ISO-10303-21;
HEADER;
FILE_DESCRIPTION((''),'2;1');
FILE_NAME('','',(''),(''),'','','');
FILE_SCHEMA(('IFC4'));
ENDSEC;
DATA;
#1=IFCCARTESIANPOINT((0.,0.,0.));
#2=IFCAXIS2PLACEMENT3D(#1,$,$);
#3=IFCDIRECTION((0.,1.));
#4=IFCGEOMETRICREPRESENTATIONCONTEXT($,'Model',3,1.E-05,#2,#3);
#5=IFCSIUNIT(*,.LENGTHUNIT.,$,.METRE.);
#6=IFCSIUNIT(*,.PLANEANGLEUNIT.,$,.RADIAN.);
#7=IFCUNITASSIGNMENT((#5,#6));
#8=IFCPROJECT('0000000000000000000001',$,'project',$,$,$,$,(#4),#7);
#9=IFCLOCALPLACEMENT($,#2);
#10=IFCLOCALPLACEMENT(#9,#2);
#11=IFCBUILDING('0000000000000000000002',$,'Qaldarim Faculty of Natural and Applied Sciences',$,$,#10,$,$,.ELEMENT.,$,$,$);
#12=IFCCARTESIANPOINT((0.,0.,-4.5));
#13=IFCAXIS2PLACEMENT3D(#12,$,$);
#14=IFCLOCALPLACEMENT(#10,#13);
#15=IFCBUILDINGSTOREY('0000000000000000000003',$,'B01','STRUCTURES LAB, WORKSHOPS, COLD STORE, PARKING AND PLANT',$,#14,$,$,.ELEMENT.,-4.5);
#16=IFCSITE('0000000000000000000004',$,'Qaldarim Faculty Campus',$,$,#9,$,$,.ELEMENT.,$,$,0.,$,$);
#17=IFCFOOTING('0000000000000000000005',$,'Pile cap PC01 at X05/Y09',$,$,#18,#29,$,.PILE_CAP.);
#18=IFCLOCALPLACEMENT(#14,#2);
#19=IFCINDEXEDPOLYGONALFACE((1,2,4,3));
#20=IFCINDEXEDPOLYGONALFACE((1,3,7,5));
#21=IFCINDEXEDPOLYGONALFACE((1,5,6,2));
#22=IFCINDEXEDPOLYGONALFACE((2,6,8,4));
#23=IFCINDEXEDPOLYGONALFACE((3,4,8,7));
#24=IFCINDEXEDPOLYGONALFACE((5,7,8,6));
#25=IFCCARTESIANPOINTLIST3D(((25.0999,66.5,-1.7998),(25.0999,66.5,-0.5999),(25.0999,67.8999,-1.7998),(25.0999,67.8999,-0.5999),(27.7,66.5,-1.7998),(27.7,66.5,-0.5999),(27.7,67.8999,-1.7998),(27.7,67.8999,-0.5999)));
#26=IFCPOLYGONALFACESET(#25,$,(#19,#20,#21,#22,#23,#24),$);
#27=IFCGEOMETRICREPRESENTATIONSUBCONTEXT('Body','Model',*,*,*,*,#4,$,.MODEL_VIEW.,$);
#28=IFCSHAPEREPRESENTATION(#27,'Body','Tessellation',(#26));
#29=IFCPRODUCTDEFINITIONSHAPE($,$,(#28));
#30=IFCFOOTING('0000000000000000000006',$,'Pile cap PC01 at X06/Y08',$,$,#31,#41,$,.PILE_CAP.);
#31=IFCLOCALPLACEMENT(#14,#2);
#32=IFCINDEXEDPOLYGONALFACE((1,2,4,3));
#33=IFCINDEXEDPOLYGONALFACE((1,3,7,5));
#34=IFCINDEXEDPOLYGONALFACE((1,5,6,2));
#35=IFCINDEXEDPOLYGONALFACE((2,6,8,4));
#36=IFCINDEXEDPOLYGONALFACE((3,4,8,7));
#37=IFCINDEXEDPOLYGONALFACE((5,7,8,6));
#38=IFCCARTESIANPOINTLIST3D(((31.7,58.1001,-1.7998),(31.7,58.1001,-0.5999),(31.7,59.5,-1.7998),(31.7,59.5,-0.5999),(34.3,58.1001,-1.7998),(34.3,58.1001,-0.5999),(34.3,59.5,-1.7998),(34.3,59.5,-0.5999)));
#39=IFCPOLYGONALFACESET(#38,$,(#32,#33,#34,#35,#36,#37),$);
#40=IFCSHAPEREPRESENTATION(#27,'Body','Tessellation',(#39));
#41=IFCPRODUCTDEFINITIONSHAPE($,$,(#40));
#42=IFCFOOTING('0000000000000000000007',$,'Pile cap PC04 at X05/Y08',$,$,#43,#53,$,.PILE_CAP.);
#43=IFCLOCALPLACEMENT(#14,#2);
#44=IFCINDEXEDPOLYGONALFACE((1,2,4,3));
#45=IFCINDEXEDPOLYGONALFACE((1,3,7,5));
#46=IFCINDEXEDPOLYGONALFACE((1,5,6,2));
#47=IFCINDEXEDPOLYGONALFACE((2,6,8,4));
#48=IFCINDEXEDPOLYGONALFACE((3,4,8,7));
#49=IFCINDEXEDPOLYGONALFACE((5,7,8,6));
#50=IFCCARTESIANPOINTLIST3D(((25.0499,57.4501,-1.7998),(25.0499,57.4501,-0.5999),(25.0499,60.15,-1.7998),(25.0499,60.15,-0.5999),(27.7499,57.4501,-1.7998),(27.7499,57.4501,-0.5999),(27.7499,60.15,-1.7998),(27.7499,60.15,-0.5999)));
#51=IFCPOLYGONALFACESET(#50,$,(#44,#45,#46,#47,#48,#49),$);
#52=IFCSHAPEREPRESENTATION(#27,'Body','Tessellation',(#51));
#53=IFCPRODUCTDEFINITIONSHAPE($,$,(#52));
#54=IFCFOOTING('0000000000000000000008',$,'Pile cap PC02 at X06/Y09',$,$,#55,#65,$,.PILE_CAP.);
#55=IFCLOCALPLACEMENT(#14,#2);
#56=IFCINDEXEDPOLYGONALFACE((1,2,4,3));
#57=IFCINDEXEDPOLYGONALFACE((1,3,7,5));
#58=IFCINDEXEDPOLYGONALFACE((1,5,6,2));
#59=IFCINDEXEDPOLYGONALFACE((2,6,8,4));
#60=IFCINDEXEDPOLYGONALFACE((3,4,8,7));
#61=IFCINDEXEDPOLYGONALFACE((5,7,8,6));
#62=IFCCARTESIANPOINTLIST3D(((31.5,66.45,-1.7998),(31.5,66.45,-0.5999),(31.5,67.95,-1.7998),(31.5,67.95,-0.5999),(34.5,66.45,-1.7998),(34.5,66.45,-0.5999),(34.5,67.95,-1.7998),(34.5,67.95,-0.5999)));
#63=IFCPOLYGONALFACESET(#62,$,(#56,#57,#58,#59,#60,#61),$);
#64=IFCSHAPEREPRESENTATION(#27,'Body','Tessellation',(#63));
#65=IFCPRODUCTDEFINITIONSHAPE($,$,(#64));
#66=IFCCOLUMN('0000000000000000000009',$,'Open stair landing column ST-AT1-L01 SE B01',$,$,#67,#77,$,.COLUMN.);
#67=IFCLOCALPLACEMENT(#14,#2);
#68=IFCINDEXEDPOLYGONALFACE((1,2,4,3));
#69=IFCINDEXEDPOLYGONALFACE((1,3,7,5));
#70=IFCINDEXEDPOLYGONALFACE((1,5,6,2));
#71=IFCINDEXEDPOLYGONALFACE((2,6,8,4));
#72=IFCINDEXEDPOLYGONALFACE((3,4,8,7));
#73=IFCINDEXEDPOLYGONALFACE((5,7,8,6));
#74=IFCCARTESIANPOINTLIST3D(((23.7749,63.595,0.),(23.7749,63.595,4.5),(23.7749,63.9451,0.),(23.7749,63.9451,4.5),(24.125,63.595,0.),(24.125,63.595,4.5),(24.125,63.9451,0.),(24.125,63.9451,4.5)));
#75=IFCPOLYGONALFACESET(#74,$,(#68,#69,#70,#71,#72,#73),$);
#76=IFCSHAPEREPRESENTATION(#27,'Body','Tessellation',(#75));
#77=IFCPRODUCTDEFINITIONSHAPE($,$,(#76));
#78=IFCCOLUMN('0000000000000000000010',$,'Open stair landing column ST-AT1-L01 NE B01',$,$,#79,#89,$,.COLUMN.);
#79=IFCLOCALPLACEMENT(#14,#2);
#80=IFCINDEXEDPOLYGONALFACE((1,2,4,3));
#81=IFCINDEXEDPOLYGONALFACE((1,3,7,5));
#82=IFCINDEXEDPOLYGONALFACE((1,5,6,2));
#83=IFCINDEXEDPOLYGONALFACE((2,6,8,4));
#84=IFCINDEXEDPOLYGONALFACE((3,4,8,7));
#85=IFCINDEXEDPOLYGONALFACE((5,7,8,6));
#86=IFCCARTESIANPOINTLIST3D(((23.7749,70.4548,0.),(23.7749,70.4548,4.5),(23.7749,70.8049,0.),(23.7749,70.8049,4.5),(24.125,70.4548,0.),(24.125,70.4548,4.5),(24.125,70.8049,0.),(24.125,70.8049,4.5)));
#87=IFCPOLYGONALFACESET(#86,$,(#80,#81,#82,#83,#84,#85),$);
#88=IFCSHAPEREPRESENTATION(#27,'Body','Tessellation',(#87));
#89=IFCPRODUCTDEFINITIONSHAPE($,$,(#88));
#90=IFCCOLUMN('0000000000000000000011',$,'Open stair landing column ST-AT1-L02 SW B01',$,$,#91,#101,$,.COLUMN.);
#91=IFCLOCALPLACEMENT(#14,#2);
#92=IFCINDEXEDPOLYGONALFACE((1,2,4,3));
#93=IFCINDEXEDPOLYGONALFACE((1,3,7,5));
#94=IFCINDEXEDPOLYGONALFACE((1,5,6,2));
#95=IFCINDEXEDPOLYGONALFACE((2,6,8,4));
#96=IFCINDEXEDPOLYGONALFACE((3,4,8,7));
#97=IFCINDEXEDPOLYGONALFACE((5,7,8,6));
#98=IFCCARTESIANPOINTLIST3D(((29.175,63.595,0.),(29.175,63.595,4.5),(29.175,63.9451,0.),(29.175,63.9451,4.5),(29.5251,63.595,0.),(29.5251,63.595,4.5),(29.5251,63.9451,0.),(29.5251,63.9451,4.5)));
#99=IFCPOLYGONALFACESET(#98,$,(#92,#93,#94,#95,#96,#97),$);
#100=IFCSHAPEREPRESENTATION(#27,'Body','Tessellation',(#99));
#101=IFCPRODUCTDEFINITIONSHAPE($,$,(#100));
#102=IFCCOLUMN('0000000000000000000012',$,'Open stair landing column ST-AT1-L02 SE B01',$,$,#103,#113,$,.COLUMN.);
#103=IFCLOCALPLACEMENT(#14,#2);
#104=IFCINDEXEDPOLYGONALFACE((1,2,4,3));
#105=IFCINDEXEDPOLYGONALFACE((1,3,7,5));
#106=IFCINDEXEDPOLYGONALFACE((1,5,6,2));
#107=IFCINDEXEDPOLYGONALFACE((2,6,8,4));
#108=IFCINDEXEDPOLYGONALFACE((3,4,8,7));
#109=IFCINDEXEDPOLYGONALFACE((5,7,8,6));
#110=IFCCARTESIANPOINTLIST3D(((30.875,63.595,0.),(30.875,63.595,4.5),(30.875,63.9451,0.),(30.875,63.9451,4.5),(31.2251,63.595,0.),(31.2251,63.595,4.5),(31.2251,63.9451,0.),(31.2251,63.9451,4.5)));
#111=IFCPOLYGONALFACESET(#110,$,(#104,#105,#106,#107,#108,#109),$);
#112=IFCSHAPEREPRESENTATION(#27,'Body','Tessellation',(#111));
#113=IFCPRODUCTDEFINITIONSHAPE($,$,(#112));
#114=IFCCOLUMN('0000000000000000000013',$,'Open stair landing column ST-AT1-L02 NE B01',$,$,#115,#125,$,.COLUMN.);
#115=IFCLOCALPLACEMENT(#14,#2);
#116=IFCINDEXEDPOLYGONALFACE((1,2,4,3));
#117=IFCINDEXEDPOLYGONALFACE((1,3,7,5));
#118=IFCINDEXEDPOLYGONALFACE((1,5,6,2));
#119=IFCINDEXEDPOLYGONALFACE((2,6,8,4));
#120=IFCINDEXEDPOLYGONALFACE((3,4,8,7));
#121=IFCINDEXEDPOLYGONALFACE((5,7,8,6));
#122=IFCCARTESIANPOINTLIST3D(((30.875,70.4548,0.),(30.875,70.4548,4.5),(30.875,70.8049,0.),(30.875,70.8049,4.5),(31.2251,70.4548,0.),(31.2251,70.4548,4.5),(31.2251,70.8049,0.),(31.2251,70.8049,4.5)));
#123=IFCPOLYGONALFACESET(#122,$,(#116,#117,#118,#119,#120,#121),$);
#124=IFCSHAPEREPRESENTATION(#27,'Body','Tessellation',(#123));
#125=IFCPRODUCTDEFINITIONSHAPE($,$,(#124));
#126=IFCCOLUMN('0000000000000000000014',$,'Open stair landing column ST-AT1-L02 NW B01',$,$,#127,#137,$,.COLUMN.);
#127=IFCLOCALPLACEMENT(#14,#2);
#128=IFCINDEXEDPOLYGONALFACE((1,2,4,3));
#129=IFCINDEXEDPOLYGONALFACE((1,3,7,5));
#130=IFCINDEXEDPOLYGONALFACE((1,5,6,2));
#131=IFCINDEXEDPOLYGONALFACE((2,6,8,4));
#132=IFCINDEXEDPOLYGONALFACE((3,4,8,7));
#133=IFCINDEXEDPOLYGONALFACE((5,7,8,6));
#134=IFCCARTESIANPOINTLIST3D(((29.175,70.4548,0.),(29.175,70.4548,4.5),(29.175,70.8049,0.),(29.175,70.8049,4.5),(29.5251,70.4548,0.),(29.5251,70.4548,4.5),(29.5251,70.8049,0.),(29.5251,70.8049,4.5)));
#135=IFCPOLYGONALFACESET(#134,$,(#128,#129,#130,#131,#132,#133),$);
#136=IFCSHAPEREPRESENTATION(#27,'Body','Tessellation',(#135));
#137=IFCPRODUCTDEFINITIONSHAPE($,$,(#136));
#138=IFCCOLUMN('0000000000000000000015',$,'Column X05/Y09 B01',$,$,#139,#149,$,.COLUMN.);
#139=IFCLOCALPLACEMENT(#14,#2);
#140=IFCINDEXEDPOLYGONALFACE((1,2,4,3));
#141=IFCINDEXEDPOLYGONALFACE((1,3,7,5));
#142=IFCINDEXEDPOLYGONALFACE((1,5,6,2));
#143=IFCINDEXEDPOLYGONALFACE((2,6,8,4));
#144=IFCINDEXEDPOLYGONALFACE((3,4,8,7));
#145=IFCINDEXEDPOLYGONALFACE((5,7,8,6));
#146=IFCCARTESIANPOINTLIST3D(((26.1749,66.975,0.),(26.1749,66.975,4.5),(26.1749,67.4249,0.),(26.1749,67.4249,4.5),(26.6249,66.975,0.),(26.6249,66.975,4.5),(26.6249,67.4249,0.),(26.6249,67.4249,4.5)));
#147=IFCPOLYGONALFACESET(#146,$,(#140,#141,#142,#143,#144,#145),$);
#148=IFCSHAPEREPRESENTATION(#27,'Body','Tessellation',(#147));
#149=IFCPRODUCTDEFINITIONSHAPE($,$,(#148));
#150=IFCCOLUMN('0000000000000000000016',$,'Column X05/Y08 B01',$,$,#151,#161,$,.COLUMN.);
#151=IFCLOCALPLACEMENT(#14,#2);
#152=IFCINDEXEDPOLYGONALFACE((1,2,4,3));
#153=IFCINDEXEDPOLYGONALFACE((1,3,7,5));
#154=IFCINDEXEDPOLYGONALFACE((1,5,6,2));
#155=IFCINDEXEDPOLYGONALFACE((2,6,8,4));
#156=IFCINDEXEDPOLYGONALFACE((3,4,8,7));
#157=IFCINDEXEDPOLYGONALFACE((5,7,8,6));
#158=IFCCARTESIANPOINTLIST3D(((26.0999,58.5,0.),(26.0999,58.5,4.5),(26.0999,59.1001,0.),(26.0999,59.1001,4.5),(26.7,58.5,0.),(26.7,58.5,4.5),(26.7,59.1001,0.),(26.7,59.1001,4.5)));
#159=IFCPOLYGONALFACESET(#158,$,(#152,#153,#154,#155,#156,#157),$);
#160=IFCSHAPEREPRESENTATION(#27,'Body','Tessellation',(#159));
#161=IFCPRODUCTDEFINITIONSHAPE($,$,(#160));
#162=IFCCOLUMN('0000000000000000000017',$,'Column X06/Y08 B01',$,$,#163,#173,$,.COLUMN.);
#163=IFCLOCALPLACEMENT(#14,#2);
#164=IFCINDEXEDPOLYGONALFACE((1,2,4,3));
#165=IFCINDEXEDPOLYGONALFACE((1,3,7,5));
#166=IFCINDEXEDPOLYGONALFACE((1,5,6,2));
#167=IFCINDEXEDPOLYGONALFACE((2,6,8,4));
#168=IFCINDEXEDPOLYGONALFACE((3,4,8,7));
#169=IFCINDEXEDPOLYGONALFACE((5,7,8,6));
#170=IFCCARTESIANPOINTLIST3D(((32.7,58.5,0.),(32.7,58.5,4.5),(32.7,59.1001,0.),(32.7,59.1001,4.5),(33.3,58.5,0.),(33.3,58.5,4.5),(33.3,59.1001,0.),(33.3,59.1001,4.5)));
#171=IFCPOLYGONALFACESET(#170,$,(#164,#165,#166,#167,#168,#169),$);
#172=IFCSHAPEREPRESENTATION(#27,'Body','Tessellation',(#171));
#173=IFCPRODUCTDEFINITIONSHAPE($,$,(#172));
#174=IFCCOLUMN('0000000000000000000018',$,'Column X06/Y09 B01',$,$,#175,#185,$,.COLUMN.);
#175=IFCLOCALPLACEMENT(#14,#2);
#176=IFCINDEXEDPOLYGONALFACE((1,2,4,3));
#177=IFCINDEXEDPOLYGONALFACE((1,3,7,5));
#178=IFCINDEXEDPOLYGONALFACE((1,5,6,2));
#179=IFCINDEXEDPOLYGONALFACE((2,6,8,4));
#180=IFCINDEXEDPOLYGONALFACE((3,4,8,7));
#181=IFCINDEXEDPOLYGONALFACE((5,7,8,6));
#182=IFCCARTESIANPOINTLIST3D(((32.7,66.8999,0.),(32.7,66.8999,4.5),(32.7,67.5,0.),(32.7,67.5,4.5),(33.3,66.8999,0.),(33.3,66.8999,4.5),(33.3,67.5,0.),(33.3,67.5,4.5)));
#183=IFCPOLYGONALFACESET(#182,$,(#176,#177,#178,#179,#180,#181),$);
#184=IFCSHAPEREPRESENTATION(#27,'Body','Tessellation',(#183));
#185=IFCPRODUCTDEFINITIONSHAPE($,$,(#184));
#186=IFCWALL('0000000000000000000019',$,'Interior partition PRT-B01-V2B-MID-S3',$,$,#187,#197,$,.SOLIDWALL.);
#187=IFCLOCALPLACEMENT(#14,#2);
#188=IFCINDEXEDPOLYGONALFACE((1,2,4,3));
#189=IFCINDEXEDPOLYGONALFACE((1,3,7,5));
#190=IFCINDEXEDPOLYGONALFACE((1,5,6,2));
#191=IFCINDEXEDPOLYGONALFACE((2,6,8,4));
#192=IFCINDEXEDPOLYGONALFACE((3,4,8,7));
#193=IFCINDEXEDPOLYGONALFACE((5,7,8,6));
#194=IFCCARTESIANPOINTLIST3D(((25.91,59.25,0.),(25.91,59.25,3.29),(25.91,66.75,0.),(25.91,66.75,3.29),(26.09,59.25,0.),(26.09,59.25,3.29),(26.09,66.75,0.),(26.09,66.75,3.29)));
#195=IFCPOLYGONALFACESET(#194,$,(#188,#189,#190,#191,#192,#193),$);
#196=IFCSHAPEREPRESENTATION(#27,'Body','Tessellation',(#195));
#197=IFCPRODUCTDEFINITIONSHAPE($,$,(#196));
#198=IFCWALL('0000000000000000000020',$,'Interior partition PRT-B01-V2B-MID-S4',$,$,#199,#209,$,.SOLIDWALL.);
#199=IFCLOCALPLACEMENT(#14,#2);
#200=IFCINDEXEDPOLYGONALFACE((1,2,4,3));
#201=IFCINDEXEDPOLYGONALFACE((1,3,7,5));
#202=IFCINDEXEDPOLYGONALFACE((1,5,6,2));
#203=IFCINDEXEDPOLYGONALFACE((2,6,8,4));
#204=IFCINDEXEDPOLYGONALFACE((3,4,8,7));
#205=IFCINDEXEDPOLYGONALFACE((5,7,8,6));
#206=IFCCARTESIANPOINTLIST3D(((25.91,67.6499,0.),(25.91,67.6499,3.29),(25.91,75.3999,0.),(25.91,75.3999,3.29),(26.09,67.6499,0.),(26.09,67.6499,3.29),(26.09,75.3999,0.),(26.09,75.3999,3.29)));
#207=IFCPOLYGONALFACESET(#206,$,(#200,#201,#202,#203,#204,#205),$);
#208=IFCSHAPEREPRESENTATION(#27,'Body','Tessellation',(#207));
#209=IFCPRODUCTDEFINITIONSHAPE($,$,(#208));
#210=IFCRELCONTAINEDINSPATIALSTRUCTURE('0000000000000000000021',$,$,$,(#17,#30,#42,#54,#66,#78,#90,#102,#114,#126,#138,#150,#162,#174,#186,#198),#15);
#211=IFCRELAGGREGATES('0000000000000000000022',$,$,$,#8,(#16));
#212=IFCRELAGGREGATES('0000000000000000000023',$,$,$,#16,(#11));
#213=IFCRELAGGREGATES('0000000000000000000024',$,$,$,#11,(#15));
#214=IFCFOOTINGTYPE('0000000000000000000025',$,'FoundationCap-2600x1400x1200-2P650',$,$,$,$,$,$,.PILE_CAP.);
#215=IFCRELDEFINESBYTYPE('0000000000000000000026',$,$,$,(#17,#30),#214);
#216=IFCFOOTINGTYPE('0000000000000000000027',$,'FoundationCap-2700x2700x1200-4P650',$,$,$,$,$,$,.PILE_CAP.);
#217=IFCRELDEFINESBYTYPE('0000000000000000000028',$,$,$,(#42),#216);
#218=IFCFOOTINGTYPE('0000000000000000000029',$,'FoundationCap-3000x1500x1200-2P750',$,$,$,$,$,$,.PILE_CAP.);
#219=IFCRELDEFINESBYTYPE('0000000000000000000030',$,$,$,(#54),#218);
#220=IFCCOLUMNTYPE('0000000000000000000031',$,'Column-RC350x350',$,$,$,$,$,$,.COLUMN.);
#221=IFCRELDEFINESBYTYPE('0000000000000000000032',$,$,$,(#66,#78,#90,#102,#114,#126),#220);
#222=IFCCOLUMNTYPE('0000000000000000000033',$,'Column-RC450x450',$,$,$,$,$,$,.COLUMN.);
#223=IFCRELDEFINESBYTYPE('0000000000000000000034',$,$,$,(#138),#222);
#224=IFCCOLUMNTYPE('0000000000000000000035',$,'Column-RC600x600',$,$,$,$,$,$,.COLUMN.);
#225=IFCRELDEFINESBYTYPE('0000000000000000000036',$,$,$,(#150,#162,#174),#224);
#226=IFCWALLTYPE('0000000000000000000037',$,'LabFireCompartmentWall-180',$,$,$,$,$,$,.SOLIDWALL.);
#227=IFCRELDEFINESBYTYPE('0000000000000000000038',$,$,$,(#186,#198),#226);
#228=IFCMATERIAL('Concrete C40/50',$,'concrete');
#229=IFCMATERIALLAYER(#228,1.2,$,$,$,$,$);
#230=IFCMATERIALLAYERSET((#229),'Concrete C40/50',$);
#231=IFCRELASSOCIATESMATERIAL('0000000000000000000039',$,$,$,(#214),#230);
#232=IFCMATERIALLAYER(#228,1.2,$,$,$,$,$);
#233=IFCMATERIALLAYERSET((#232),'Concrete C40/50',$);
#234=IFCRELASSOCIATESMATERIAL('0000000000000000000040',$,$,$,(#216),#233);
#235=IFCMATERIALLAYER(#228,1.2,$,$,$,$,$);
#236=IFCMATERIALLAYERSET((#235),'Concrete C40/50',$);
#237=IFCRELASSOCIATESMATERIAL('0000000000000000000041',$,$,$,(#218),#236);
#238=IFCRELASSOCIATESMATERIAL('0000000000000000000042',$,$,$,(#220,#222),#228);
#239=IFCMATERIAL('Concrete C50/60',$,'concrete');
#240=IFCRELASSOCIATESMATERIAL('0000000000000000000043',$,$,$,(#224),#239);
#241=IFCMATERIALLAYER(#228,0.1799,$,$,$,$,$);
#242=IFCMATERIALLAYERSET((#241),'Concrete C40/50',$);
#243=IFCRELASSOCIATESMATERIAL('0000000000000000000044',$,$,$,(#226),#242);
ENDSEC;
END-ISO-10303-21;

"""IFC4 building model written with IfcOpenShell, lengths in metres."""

from ifc_helpers import new_model, si_unit, direction, frame, frame_2d, origin, origin_2d, place, context, subcontext, project, spatial, rectangle, extrude, material, layer, layer_set, material_profile, profile_set, type_object, element, save


model = new_model("IFC4")

# Units and contexts
model_context = context("Model", 3, precision=1e-05, world=origin(), true_north=direction((0.0, 1.0)))
body_context = subcontext(model_context, "Body", "Model", "MODEL_VIEW")
ifc_project = project(units=[si_unit("LENGTHUNIT", "METRE"), si_unit("PLANEANGLEUNIT", "RADIAN")], contexts=[model_context])

# Site, building, storey
site_placement = place(None, origin())
site = spatial("IfcSite", under=ifc_project, at=site_placement, Name="Qaldarim Faculty Campus", CompositionType="ELEMENT", RefElevation=0.0)
building_placement = place(site_placement, origin())
building = spatial("IfcBuilding", under=site, at=building_placement, Name="Qaldarim Faculty of Natural and Applied Sciences", CompositionType="ELEMENT")
storey_placement = place(building_placement, frame((0.0, 0.0, -4.5)))
storey = spatial("IfcBuildingStorey", under=building, at=storey_placement, Name="B01", Description="STRUCTURES LAB, WORKSHOPS, COLD STORE, PARKING AND PLANT", CompositionType="ELEMENT", Elevation=-4.5)

# Shared definitions
ifc_material_1 = material(Name="Concrete C40/50", Category="concrete")

# Footings
ifc_layer_1 = layer(ifc_material_1, 1.2)
ifc_layer_set_1 = layer_set([ifc_layer_1], Name="Concrete C40/50")
footing_type_1 = type_object("IfcFootingType", Name="FoundationCap-2600x1400x1200-2P650", PredefinedType="PILE_CAP", material=ifc_layer_set_1)
for number, where, z_axis, x_axis, name in (
    (1, (26.3999, 67.2, -1.7998), (0.0, 0.0, 1.0), (1.0, 0.0, 0.0), "Pile cap PC01 at X05/Y09"),
    (2, (33.0, 58.8, -1.7998), (0.0, 0.0, 1.0), (1.0, 0.0, 0.0), "Pile cap PC01 at X06/Y08"),
):
    element("IfcFooting", number, at=place(storey_placement, frame(where, z_axis=z_axis, x_axis=x_axis)), inside=storey, type_object=footing_type_1, Name=name, PredefinedType="PILE_CAP", context=body_context, shape_type="SweptSolid", body=[
        extrude(rectangle(XDim=2.6001, YDim=1.3999, at=origin_2d()), origin(), (0.0, 0.0, 1.0), 1.2),
    ])
ifc_layer_2 = layer(ifc_material_1, 1.2)
ifc_layer_set_2 = layer_set([ifc_layer_2], Name="Concrete C40/50")
footing_type_2 = type_object("IfcFootingType", Name="FoundationCap-2700x2700x1200-4P650", PredefinedType="PILE_CAP", material=ifc_layer_set_2)
footing_1_placement = place(storey_placement, frame((26.3999, 58.8, -1.7998), z_axis=(0.0, 0.0, 1.0), x_axis=(1.0, 0.0, 0.0)))
element("IfcFooting", 3, at=footing_1_placement, inside=storey, type_object=footing_type_2, Name="Pile cap PC04 at X05/Y08", PredefinedType="PILE_CAP", context=body_context, shape_type="SweptSolid", body=[
    extrude(rectangle(XDim=2.7, YDim=2.7, at=origin_2d()), origin(), (0.0, 0.0, 1.0), 1.2),
])
ifc_layer_3 = layer(ifc_material_1, 1.2)
ifc_layer_set_3 = layer_set([ifc_layer_3], Name="Concrete C40/50")
footing_type_3 = type_object("IfcFootingType", Name="FoundationCap-3000x1500x1200-2P750", PredefinedType="PILE_CAP", material=ifc_layer_set_3)
footing_2_placement = place(storey_placement, frame((33.0, 67.2, -1.7998), z_axis=(0.0, 0.0, 1.0), x_axis=(1.0, 0.0, 0.0)))
element("IfcFooting", 4, at=footing_2_placement, inside=storey, type_object=footing_type_3, Name="Pile cap PC02 at X06/Y09", PredefinedType="PILE_CAP", context=body_context, shape_type="SweptSolid", body=[
    extrude(rectangle(XDim=3.0, YDim=1.5, at=origin_2d()), origin(), (0.0, 0.0, 1.0), 1.2),
])

# Columns
ifc_material_profile_1 = material_profile(ifc_material_1, rectangle(XDim=0.3501, YDim=0.3501, at=origin_2d()), Name="RC-C350x350")
ifc_profile_set_1 = profile_set([ifc_material_profile_1], Name="Concrete C40/50")
column_type_1 = type_object("IfcColumnType", Name="Column-RC350x350", PredefinedType="COLUMN", material=ifc_profile_set_1)
for number, where, z_axis, x_axis, name in (
    (5, (23.95, 63.77, 0.0), (0.0, 0.0, 1.0), (1.0, 0.0, 0.0), "Open stair landing column ST-AT1-L01 SE B01"),
    (6, (23.95, 70.6299, 0.0), (0.0, 0.0, 1.0), (1.0, 0.0, 0.0), "Open stair landing column ST-AT1-L01 NE B01"),
    (7, (29.3501, 63.77, 0.0), (0.0, 0.0, 1.0), (1.0, 0.0, 0.0), "Open stair landing column ST-AT1-L02 SW B01"),
    (8, (31.05, 63.77, 0.0), (0.0, 0.0, 1.0), (1.0, 0.0, 0.0), "Open stair landing column ST-AT1-L02 SE B01"),
    (9, (31.05, 70.6299, 0.0), (0.0, 0.0, 1.0), (1.0, 0.0, 0.0), "Open stair landing column ST-AT1-L02 NE B01"),
    (10, (29.3501, 70.6299, 0.0), (0.0, 0.0, 1.0), (1.0, 0.0, 0.0), "Open stair landing column ST-AT1-L02 NW B01"),
):
    element("IfcColumn", number, at=place(storey_placement, frame(where, z_axis=z_axis, x_axis=x_axis)), inside=storey, type_object=column_type_1, Name=name, PredefinedType="COLUMN", context=body_context, shape_type="SweptSolid", body=[
        extrude(rectangle(XDim=0.3501, YDim=0.3501, at=origin_2d()), origin(), (0.0, 0.0, 1.0), 4.5),
    ])
ifc_material_profile_2 = material_profile(ifc_material_1, rectangle(XDim=0.45, YDim=0.45, at=origin_2d()), Name="RC-C450x450")
ifc_profile_set_2 = profile_set([ifc_material_profile_2], Name="Concrete C40/50")
column_type_2 = type_object("IfcColumnType", Name="Column-RC450x450", PredefinedType="COLUMN", material=ifc_profile_set_2)
column_placement = place(storey_placement, frame((26.3999, 67.2, 0.0), z_axis=(0.0, 0.0, 1.0), x_axis=(1.0, 0.0, 0.0)))
element("IfcColumn", 11, at=column_placement, inside=storey, type_object=column_type_2, Name="Column X05/Y09 B01", PredefinedType="COLUMN", context=body_context, shape_type="SweptSolid", body=[
    extrude(rectangle(XDim=0.45, YDim=0.45, at=origin_2d()), origin(), (0.0, 0.0, 1.0), 4.5),
])
ifc_material_2 = material(Name="Concrete C50/60", Category="concrete")
ifc_material_profile_3 = material_profile(ifc_material_2, rectangle(XDim=0.6001, YDim=0.6001, at=origin_2d()), Name="RC-C600x600")
ifc_profile_set_3 = profile_set([ifc_material_profile_3], Name="Concrete C50/60")
column_type_3 = type_object("IfcColumnType", Name="Column-RC600x600", PredefinedType="COLUMN", material=ifc_profile_set_3)
for number, where, z_axis, x_axis, name in (
    (12, (26.3999, 58.8, 0.0), (0.0, 0.0, 1.0), (1.0, 0.0, 0.0), "Column X05/Y08 B01"),
    (13, (33.0, 58.8, 0.0), (0.0, 0.0, 1.0), (1.0, 0.0, 0.0), "Column X06/Y08 B01"),
    (14, (33.0, 67.2, 0.0), (0.0, 0.0, 1.0), (1.0, 0.0, 0.0), "Column X06/Y09 B01"),
):
    element("IfcColumn", number, at=place(storey_placement, frame(where, z_axis=z_axis, x_axis=x_axis)), inside=storey, type_object=column_type_3, Name=name, PredefinedType="COLUMN", context=body_context, shape_type="SweptSolid", body=[
        extrude(rectangle(XDim=0.6001, YDim=0.6001, at=origin_2d()), origin(), (0.0, 0.0, 1.0), 4.5),
    ])

# Walls
ifc_layer_4 = layer(ifc_material_1, 0.1799)
ifc_layer_set_4 = layer_set([ifc_layer_4], Name="Concrete C40/50")
wall_type = type_object("IfcWallType", Name="LabFireCompartmentWall-180", PredefinedType="SOLIDWALL", material=ifc_layer_set_4)
wall_1_placement = place(storey_placement, frame((26.0, 59.25, 0.0), z_axis=(0.0, 0.0, 1.0), x_axis=(0.0, 1.0, 0.0)))
element("IfcWall", 15, at=wall_1_placement, inside=storey, type_object=wall_type, Name="Interior partition PRT-B01-V2B-MID-S3", PredefinedType="SOLIDWALL", context=body_context, shape_type="SweptSolid", body=[
    extrude(rectangle(XDim=7.5, YDim=0.1799, at=frame_2d((3.75, 0.0))), origin(), (0.0, 0.0, 1.0), 3.29),
])
wall_2_placement = place(storey_placement, frame((26.0, 67.6499, 0.0), z_axis=(0.0, 0.0, 1.0), x_axis=(0.0, 1.0, 0.0)))
element("IfcWall", 16, at=wall_2_placement, inside=storey, type_object=wall_type, Name="Interior partition PRT-B01-V2B-MID-S4", PredefinedType="SOLIDWALL", context=body_context, shape_type="SweptSolid", body=[
    extrude(rectangle(XDim=7.75, YDim=0.1799, at=frame_2d((3.875, 0.0))), origin(), (0.0, 0.0, 1.0), 3.29),
])

save(model, "model.ifc")
